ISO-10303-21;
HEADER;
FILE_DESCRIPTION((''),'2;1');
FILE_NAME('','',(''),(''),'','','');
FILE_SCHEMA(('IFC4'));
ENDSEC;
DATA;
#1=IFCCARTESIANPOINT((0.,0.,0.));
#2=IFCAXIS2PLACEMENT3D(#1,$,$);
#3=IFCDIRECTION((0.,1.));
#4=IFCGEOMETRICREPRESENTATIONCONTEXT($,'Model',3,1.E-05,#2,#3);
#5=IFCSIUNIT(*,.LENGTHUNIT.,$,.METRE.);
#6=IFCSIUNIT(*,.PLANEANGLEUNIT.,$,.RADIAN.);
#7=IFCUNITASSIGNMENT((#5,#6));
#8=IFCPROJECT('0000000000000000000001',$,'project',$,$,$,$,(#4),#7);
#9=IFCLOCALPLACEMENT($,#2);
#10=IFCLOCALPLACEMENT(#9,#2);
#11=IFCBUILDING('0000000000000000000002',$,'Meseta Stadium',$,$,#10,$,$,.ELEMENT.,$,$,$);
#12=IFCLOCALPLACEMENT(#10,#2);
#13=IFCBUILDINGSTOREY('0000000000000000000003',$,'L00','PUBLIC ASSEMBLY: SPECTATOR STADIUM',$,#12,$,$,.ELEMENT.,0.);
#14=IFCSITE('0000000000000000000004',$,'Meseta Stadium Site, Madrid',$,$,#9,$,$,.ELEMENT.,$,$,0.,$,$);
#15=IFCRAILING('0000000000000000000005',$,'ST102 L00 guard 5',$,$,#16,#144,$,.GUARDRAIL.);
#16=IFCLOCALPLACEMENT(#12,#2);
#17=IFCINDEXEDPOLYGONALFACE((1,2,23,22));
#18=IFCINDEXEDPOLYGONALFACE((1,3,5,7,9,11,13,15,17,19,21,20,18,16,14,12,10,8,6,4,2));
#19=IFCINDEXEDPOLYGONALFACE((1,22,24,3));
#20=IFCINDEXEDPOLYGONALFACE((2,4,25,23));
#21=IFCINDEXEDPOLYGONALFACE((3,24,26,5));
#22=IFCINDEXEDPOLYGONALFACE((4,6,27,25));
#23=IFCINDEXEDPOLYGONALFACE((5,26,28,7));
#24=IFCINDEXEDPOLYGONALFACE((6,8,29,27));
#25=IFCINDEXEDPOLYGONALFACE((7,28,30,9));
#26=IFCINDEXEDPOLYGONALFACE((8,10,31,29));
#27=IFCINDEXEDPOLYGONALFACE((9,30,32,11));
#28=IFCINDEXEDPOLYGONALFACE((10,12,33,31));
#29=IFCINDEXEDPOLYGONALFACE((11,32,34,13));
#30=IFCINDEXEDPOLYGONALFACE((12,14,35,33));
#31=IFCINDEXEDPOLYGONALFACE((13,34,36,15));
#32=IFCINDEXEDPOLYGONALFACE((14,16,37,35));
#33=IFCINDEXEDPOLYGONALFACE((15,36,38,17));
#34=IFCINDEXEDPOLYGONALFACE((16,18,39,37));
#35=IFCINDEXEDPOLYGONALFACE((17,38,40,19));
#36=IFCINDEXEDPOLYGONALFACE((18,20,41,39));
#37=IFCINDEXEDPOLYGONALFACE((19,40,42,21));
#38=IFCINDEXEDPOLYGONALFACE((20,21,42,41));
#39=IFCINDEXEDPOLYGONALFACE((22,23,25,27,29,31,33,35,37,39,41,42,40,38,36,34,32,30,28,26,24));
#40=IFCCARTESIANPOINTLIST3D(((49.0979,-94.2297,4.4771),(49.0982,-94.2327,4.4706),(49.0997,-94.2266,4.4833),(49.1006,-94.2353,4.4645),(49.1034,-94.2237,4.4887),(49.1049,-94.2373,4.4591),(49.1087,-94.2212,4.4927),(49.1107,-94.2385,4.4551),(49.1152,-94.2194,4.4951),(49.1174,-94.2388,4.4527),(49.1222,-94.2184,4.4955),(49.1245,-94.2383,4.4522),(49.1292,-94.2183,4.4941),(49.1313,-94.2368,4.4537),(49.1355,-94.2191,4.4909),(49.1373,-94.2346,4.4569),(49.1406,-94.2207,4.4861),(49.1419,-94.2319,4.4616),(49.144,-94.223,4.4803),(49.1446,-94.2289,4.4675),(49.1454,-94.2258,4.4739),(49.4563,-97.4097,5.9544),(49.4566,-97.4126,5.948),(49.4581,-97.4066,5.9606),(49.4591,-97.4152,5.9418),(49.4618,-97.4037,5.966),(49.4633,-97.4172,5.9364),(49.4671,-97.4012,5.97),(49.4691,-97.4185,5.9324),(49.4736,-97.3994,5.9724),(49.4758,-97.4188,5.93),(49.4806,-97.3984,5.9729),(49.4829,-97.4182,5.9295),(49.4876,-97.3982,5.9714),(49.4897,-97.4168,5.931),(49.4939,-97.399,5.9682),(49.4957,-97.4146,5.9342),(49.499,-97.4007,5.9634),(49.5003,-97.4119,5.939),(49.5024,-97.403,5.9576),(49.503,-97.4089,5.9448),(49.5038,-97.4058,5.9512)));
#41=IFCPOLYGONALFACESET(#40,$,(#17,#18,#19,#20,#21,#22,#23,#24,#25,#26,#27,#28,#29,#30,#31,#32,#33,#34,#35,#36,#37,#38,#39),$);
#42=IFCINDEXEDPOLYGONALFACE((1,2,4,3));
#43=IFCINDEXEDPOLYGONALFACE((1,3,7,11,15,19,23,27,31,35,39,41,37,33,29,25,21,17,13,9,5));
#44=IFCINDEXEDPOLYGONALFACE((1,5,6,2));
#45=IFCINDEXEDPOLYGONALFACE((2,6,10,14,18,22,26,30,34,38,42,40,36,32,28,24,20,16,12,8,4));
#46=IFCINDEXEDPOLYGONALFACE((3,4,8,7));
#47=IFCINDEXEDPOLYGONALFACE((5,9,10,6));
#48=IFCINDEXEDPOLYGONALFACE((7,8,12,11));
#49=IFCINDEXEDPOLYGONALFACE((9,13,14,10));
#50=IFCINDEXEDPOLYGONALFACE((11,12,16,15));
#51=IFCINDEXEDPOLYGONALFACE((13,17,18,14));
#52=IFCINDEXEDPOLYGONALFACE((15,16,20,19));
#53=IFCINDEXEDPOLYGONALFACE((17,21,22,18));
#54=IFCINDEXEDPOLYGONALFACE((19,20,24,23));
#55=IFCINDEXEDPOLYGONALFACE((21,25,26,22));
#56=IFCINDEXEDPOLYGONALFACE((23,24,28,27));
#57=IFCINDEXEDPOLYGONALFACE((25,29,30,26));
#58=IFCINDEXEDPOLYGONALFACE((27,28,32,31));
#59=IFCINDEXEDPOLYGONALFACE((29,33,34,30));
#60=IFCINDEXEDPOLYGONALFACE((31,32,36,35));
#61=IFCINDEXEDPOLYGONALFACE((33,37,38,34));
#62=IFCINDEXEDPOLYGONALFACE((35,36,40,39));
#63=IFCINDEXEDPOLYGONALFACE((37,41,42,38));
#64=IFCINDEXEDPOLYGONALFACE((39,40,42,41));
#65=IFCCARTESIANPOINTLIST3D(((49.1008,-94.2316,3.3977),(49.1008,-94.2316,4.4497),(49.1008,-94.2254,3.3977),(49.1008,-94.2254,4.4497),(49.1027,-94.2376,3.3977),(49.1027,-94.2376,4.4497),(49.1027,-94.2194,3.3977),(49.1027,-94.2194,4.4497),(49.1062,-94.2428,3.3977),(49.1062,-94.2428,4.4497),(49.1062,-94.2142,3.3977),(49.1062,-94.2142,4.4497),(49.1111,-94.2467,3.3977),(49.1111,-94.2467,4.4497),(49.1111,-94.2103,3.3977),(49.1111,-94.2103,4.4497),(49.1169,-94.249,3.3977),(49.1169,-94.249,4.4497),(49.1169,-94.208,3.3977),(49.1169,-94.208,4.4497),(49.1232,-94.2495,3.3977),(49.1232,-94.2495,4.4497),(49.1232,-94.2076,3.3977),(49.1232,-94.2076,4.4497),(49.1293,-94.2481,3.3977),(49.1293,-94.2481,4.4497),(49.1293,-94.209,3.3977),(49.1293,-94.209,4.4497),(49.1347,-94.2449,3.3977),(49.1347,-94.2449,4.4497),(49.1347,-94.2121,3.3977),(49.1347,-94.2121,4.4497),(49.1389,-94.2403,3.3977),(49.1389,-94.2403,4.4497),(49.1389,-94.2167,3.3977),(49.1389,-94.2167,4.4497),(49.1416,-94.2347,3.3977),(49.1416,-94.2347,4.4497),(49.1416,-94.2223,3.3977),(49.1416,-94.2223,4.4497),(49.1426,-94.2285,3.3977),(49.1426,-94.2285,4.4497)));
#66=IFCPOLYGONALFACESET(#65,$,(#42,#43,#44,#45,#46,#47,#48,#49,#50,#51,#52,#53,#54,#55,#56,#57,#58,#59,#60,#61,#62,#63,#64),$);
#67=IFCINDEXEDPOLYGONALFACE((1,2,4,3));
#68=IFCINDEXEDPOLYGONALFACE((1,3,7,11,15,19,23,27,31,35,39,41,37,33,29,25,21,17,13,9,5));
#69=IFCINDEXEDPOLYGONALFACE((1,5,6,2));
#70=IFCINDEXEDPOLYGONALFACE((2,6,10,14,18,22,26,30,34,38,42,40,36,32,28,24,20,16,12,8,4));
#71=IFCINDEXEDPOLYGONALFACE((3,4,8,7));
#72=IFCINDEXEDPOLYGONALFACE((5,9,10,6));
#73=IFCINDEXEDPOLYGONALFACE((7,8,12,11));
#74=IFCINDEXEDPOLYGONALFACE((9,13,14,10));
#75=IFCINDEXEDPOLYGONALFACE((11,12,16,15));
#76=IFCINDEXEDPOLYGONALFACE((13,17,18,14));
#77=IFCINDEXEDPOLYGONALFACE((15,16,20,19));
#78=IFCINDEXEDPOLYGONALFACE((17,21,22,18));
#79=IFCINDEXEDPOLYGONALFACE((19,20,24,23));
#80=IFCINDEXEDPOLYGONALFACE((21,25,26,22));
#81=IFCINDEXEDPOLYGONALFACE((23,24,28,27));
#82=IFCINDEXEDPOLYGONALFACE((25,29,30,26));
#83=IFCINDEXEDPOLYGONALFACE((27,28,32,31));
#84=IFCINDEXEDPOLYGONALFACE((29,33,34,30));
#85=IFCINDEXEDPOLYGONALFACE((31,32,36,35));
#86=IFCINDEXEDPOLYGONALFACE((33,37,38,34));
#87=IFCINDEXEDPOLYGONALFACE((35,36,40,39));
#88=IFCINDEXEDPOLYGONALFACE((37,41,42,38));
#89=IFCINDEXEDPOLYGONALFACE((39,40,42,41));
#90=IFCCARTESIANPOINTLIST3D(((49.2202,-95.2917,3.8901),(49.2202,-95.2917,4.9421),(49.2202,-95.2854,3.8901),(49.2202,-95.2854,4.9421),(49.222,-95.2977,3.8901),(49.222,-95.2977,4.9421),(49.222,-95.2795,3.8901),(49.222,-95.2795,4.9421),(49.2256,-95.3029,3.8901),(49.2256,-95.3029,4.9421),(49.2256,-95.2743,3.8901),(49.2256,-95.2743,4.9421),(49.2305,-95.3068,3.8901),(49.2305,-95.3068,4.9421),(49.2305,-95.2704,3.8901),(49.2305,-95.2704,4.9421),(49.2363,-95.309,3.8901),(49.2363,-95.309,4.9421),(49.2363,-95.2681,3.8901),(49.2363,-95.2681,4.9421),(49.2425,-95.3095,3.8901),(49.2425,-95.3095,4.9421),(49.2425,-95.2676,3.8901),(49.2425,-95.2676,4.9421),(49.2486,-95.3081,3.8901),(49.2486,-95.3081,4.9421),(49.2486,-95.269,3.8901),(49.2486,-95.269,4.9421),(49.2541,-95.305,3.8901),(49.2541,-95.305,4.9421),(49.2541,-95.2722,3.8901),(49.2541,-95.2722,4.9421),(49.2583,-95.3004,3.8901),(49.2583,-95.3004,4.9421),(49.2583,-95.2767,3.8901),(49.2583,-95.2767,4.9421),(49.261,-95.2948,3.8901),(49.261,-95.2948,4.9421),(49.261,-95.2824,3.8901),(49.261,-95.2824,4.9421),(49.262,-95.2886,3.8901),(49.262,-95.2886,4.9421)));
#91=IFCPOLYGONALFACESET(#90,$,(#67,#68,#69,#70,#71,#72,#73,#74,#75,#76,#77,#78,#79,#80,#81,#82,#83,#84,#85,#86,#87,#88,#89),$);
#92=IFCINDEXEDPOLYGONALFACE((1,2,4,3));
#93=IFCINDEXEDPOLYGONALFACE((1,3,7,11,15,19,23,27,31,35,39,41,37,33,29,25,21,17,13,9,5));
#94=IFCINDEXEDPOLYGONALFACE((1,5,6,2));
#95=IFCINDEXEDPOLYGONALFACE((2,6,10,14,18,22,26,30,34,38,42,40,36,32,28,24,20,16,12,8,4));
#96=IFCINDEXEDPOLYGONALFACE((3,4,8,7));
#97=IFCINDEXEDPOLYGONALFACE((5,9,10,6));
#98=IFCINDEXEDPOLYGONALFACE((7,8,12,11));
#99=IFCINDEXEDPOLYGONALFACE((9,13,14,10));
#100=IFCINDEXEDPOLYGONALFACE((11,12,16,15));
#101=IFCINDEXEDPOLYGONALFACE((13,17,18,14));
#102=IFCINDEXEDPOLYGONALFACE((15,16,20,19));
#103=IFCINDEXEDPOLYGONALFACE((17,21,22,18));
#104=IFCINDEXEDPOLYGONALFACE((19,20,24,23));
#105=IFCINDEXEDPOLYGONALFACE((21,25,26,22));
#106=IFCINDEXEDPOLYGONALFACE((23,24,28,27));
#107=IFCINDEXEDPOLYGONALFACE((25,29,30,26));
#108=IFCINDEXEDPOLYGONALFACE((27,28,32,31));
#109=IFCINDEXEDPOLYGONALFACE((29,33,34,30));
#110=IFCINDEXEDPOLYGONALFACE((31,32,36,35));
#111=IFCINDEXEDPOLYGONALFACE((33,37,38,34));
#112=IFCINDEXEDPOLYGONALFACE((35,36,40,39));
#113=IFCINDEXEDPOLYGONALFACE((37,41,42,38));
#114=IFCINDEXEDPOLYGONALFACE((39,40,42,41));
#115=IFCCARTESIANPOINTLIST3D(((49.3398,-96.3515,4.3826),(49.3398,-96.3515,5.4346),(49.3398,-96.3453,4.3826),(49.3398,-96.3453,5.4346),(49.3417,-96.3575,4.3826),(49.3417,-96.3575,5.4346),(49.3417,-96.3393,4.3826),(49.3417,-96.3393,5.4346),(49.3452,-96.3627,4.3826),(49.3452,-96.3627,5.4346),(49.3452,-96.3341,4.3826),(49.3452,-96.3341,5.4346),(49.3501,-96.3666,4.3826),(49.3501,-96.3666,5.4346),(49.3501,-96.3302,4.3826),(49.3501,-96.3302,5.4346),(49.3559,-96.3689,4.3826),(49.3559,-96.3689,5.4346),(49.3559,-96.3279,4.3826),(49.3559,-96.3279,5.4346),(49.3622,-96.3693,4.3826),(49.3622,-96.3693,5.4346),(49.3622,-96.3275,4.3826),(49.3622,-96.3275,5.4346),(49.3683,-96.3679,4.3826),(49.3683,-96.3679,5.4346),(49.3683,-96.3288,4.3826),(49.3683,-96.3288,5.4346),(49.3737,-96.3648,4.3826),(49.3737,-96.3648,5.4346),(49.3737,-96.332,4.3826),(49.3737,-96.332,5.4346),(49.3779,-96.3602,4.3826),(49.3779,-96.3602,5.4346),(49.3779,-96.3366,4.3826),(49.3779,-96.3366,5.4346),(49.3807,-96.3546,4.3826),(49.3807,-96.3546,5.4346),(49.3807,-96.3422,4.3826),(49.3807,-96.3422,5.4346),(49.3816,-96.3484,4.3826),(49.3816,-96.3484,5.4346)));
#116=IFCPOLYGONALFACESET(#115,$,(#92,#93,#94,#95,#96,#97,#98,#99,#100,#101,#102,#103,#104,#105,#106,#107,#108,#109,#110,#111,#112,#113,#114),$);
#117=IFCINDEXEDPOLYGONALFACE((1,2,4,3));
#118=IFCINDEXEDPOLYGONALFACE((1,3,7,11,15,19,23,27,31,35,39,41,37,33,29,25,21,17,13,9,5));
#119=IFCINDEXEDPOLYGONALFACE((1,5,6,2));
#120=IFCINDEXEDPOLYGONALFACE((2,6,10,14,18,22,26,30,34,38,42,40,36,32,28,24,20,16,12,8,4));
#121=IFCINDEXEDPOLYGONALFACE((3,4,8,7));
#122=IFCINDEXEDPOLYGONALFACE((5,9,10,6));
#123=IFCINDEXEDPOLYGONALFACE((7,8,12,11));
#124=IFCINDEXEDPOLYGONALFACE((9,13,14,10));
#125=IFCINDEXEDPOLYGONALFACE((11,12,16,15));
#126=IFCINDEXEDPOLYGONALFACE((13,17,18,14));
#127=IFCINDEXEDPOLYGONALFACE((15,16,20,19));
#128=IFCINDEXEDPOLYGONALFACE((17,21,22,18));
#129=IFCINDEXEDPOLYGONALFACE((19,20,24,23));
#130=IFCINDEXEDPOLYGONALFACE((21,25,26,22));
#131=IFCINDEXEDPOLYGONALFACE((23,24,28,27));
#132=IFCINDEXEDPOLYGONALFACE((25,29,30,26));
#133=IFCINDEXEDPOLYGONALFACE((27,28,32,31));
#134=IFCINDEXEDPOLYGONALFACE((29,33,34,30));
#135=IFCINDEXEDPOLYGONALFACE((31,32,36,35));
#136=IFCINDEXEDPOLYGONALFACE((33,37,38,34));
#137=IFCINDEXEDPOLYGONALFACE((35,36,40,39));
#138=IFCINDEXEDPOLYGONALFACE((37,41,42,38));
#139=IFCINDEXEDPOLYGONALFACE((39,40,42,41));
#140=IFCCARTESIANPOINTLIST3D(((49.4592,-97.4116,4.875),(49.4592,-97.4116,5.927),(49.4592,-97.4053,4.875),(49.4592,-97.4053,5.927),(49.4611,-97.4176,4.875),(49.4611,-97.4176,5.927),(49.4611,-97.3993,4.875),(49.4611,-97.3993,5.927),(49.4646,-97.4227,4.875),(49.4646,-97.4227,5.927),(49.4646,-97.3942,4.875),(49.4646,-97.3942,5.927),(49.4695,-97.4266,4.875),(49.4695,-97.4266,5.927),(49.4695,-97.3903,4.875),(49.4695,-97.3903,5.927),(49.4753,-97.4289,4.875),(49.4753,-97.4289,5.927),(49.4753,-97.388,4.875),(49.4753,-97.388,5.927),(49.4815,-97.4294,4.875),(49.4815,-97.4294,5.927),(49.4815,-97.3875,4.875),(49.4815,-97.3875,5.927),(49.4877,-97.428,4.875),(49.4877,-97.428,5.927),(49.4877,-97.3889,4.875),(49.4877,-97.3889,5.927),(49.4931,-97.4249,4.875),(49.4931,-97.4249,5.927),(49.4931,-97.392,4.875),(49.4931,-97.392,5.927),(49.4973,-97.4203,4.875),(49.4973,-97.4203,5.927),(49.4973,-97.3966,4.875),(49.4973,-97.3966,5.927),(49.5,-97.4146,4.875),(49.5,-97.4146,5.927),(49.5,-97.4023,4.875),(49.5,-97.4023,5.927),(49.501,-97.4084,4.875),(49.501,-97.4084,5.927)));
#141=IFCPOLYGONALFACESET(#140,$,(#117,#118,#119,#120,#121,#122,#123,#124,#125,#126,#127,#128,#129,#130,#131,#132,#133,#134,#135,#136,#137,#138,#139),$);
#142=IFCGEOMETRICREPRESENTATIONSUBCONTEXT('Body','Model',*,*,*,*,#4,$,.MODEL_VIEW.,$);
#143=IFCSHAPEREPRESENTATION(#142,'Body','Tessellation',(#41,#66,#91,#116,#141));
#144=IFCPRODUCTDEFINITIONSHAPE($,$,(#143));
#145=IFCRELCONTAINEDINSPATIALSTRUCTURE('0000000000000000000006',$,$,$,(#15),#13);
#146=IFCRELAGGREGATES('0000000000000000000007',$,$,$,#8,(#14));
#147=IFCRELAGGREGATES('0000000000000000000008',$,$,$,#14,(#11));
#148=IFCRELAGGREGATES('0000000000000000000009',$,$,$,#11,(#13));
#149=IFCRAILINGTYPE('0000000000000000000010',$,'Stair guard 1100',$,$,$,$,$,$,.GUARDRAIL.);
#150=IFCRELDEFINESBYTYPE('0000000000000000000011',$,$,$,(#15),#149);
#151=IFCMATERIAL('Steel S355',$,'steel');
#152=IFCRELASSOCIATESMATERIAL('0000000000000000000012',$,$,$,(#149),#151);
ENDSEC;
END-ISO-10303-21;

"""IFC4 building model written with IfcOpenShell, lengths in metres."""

from ifc_helpers import new_model, si_unit, direction, frame, origin, origin_2d, place, context, subcontext, project, spatial, circle, extrude, material, type_object, element, save


model = new_model("IFC4")

# Units and contexts
model_context = context("Model", 3, precision=1e-05, world=origin(), true_north=direction((0.0, 1.0)))
body_context = subcontext(model_context, "Body", "Model", "MODEL_VIEW")
ifc_project = project(units=[si_unit("LENGTHUNIT", "METRE"), si_unit("PLANEANGLEUNIT", "RADIAN")], contexts=[model_context])

# Site, building, storey
site_placement = place(None, origin())
site = spatial("IfcSite", under=ifc_project, at=site_placement, Name="Meseta Stadium Site, Madrid", CompositionType="ELEMENT", RefElevation=0.0)
building_placement = place(site_placement, origin())
building = spatial("IfcBuilding", under=site, at=building_placement, Name="Meseta Stadium", CompositionType="ELEMENT")
storey_placement = place(building_placement, origin())
storey = spatial("IfcBuildingStorey", under=building, at=storey_placement, Name="L00", Description="PUBLIC ASSEMBLY: SPECTATOR STADIUM", CompositionType="ELEMENT", Elevation=0.0)

# Railing
ifc_material_1 = material(Name="Steel S355", Category="steel")
railing_type_1 = type_object("IfcRailingType", Name="Stair guard 1100", PredefinedType="GUARDRAIL", material=ifc_material_1)
railing_1_placement = place(storey_placement, frame((49.1216, -94.2285, 3.3977)))
element("IfcRailing", 1, at=railing_1_placement, inside=storey, type_object=railing_type_1, Name="ST102 L00 guard 5", PredefinedType="GUARDRAIL", context=body_context, shape_type="SweptSolid", body=[
    extrude(circle(Radius=0.0239, at=origin_2d()), frame((0.0, 0.0, 1.0762), z_axis=(0.101685, -0.90221, 0.419138), x_axis=(0.993709, 0.111997, 0.0)), (0.0, 0.0, 1.0), 3.5247),
    extrude(circle(Radius=0.021, at=origin_2d()), origin(), (0.0, 0.0, 1.0), 1.052),
    extrude(circle(Radius=0.021, at=origin_2d()), frame((0.1194, -1.0601, 0.4924)), (0.0, 0.0, 1.0), 1.052),
    extrude(circle(Radius=0.021, at=origin_2d()), frame((0.239, -2.1199, 0.9849)), (0.0, 0.0, 1.0), 1.052),
    extrude(circle(Radius=0.021, at=origin_2d()), frame((0.3584, -3.1799, 1.4773)), (0.0, 0.0, 1.0), 1.052),
])

save(model, "model.ifc")
